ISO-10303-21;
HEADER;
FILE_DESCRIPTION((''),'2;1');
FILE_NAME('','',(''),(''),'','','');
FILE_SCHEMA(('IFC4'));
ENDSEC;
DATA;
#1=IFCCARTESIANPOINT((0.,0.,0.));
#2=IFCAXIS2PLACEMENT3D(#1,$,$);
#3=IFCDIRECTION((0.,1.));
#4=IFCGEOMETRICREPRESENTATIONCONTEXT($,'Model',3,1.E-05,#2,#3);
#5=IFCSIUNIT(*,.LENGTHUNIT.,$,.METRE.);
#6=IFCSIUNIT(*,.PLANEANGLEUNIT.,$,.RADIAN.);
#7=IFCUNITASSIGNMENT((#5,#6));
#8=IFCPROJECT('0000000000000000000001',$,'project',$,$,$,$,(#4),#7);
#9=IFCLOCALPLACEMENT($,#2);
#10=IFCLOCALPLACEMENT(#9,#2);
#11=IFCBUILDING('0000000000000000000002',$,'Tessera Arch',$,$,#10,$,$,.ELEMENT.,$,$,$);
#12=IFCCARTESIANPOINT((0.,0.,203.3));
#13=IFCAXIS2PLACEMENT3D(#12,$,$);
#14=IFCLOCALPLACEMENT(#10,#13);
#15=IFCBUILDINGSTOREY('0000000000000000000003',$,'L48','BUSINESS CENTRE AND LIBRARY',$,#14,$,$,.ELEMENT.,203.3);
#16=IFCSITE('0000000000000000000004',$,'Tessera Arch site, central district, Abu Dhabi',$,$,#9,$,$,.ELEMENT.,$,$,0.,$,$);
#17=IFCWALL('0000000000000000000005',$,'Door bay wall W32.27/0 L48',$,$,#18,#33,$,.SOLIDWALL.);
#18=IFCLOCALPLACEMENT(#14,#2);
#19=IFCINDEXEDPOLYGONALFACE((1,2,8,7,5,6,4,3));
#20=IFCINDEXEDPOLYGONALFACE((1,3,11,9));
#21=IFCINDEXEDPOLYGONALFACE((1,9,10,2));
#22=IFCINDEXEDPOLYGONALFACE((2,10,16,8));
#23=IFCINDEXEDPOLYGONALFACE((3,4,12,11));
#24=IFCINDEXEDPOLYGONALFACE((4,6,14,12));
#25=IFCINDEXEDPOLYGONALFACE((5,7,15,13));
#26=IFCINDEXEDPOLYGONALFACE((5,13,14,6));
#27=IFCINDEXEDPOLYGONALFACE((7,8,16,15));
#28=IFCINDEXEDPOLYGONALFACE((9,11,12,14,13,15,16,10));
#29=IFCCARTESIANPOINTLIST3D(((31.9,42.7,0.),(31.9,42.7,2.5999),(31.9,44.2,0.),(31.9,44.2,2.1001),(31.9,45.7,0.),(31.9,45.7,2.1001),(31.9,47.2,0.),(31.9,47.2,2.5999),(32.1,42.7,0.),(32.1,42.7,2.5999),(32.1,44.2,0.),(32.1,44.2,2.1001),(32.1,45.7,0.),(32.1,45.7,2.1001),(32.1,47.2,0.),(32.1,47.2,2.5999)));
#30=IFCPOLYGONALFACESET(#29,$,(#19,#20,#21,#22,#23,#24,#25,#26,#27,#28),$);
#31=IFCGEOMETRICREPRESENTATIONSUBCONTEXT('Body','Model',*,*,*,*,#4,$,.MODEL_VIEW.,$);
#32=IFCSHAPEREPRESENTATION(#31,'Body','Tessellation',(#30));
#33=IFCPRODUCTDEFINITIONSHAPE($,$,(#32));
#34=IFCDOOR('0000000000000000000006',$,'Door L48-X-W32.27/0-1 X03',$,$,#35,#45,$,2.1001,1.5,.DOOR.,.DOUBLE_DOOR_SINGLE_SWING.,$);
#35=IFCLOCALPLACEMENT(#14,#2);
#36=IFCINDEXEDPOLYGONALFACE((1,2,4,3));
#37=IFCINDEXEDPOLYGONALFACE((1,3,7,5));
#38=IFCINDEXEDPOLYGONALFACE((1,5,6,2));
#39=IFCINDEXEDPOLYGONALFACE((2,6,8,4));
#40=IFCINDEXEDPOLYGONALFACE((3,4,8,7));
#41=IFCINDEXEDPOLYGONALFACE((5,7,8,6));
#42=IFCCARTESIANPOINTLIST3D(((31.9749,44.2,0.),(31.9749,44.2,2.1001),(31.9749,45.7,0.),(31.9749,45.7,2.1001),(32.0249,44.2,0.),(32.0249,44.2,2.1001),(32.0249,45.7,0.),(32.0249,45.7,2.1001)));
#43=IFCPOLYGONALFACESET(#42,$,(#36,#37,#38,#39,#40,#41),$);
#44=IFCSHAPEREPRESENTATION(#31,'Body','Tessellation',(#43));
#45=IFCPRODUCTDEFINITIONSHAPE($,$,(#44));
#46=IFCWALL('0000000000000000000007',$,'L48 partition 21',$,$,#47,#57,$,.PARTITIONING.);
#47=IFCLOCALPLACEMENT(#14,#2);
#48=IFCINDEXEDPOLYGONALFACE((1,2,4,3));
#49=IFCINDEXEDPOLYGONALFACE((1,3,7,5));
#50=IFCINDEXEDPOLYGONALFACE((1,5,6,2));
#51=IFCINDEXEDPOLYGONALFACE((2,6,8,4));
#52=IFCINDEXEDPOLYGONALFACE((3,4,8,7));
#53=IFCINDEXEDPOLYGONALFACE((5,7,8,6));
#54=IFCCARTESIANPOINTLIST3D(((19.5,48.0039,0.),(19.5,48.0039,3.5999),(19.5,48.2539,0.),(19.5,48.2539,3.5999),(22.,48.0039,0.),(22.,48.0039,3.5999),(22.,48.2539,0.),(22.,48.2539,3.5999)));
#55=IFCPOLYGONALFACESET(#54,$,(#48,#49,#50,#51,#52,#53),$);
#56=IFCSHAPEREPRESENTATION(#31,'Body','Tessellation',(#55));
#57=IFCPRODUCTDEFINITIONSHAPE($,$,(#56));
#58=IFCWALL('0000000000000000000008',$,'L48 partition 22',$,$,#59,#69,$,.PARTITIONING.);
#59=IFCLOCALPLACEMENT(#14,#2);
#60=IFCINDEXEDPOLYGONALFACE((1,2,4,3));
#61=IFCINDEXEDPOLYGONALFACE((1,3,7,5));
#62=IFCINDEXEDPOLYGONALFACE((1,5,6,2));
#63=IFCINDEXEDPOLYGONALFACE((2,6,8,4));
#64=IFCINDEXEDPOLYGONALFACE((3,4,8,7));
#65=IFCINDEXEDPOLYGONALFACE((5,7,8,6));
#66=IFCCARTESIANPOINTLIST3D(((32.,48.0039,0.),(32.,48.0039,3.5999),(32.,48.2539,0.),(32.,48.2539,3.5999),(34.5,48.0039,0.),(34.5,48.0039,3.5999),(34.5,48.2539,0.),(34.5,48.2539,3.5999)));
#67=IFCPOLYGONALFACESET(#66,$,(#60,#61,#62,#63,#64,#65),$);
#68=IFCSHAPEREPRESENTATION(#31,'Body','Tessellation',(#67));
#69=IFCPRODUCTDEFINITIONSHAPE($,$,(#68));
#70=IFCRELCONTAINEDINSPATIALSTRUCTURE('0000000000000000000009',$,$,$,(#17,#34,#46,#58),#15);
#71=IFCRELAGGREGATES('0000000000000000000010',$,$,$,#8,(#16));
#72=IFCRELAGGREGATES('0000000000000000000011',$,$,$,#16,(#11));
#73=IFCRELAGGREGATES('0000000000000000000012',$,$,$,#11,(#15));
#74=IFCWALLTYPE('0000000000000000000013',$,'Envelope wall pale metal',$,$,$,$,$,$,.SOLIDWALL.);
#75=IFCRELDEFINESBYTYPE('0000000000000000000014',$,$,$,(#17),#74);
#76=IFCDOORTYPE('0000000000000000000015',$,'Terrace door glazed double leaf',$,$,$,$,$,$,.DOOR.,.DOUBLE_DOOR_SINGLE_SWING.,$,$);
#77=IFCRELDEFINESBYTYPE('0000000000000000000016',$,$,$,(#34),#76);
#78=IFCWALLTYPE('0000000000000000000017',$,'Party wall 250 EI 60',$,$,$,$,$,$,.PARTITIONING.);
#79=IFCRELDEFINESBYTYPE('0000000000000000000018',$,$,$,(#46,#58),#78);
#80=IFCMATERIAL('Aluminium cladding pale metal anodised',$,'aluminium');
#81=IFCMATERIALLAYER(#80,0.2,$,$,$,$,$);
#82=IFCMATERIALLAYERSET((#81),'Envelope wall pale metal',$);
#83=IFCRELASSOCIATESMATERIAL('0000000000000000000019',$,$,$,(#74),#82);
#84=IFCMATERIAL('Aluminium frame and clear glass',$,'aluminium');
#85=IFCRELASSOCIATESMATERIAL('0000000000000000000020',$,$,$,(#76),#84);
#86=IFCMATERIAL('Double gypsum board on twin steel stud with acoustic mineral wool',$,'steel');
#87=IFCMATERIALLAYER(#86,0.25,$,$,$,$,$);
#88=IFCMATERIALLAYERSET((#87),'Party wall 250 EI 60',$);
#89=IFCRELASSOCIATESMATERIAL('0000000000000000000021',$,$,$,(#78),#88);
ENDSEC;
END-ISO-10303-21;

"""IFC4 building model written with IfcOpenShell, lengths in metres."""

from ifc_helpers import new_model, si_unit, direction, frame, frame_2d, origin, place, context, subcontext, project, spatial, rectangle, extrude, material, layer, layer_set, type_object, element, fill, save


model = new_model("IFC4")

# Units and contexts
model_context = context("Model", 3, precision=1e-05, world=origin(), true_north=direction((0.0, 1.0)))
body_context = subcontext(model_context, "Body", "Model", "MODEL_VIEW")
ifc_project = project(units=[si_unit("LENGTHUNIT", "METRE"), si_unit("PLANEANGLEUNIT", "RADIAN")], contexts=[model_context])

# Site, building, storey
site_placement = place(None, origin())
site = spatial("IfcSite", under=ifc_project, at=site_placement, Name="Tessera Arch site, central district, Abu Dhabi", CompositionType="ELEMENT", RefElevation=0.0)
building_placement = place(site_placement, origin())
building = spatial("IfcBuilding", under=site, at=building_placement, Name="Tessera Arch", CompositionType="ELEMENT")
storey_placement = place(building_placement, frame((0.0, 0.0, 203.3)))
storey = spatial("IfcBuildingStorey", under=building, at=storey_placement, Name="L48", Description="BUSINESS CENTRE AND LIBRARY", CompositionType="ELEMENT", Elevation=203.3)

# Wall, opening, door
ifc_material_1 = material(Name="Aluminium cladding pale metal anodised", Category="aluminium")
ifc_layer_1 = layer(ifc_material_1, 0.2)
ifc_layer_set_1 = layer_set([ifc_layer_1], Name="Envelope wall pale metal")
wall_type_1 = type_object("IfcWallType", Name="Envelope wall pale metal", PredefinedType="SOLIDWALL", material=ifc_layer_set_1)
ifc_material_2 = material(Name="Aluminium frame and clear glass", Category="aluminium")
door_type_1 = type_object("IfcDoorType", Name="Terrace door glazed double leaf", OperationType="DOUBLE_DOOR_SINGLE_SWING", PredefinedType="DOOR", material=ifc_material_2)
wall_1_placement = place(storey_placement, frame((32.0, 47.2, 0.0), z_axis=(0.0, 0.0, 1.0), x_axis=(0.0, -1.0, 0.0)))
wall_1 = element("IfcWall", 1, at=wall_1_placement, inside=storey, type_object=wall_type_1, Name="Door bay wall W32.27/0 L48", PredefinedType="SOLIDWALL", context=body_context, shape_type="SweptSolid", body=[
    extrude(rectangle(XDim=4.5, YDim=0.2, at=frame_2d((2.25, 0.0))), origin(), (0.0, 0.0, 1.0), 2.5999),
])
opening_1_placement = place(wall_1_placement, frame((1.5, 0.0, 0.0)))
opening_1 = element("IfcOpeningElement", 2, at=opening_1_placement, cuts=wall_1, PredefinedType="OPENING", context=body_context, shape_type="SweptSolid", body=[
    extrude(rectangle(XDim=1.5, YDim=2.1001, at=frame_2d((0.75, 1.05))), frame((0.0, 0.1099, 0.0), z_axis=(0.0, -1.0, 0.0), x_axis=(1.0, 0.0, 0.0)), (0.0, 0.0, 1.0), 0.22),
])
door_1_placement = place(opening_1_placement, origin())
door_1 = element("IfcDoor", 3, at=door_1_placement, inside=storey, type_object=door_type_1, Name="Door L48-X-W32.27/0-1 X03", OperationType="DOUBLE_DOOR_SINGLE_SWING", OverallHeight=2.1001, OverallWidth=1.5, PredefinedType="DOOR", context=body_context, shape_type="SweptSolid", body=[
    extrude(rectangle(XDim=1.5, YDim=2.1001, at=frame_2d((0.75, 1.05))), frame((0.0, 0.0249, 0.0), z_axis=(0.0, -1.0, 0.0), x_axis=(1.0, 0.0, 0.0)), (0.0, 0.0, 1.0), 0.05),
])
fill(opening_1, door_1)

# Walls
ifc_material_3 = material(Name="Double gypsum board on twin steel stud with acoustic mineral wool", Category="steel")
ifc_layer_2 = layer(ifc_material_3, 0.25)
ifc_layer_set_2 = layer_set([ifc_layer_2], Name="Party wall 250 EI 60")
wall_type_2 = type_object("IfcWallType", Name="Party wall 250 EI 60", PredefinedType="PARTITIONING", material=ifc_layer_set_2)
for number, where, z_axis, x_axis, name in (
    (4, (19.5, 48.1289, 0.0), (0.0, 0.0, 1.0), (1.0, 0.0, 0.0), "L48 partition 21"),
    (5, (32.0, 48.1289, 0.0), (0.0, 0.0, 1.0), (1.0, 0.0, 0.0), "L48 partition 22"),
):
    element("IfcWall", number, at=place(storey_placement, frame(where, z_axis=z_axis, x_axis=x_axis)), inside=storey, type_object=wall_type_2, Name=name, PredefinedType="PARTITIONING", context=body_context, shape_type="SweptSolid", body=[
        extrude(rectangle(XDim=2.5, YDim=0.25, at=frame_2d((1.25, 0.0))), origin(), (0.0, 0.0, 1.0), 3.5999),
    ])

save(model, "model.ifc")
